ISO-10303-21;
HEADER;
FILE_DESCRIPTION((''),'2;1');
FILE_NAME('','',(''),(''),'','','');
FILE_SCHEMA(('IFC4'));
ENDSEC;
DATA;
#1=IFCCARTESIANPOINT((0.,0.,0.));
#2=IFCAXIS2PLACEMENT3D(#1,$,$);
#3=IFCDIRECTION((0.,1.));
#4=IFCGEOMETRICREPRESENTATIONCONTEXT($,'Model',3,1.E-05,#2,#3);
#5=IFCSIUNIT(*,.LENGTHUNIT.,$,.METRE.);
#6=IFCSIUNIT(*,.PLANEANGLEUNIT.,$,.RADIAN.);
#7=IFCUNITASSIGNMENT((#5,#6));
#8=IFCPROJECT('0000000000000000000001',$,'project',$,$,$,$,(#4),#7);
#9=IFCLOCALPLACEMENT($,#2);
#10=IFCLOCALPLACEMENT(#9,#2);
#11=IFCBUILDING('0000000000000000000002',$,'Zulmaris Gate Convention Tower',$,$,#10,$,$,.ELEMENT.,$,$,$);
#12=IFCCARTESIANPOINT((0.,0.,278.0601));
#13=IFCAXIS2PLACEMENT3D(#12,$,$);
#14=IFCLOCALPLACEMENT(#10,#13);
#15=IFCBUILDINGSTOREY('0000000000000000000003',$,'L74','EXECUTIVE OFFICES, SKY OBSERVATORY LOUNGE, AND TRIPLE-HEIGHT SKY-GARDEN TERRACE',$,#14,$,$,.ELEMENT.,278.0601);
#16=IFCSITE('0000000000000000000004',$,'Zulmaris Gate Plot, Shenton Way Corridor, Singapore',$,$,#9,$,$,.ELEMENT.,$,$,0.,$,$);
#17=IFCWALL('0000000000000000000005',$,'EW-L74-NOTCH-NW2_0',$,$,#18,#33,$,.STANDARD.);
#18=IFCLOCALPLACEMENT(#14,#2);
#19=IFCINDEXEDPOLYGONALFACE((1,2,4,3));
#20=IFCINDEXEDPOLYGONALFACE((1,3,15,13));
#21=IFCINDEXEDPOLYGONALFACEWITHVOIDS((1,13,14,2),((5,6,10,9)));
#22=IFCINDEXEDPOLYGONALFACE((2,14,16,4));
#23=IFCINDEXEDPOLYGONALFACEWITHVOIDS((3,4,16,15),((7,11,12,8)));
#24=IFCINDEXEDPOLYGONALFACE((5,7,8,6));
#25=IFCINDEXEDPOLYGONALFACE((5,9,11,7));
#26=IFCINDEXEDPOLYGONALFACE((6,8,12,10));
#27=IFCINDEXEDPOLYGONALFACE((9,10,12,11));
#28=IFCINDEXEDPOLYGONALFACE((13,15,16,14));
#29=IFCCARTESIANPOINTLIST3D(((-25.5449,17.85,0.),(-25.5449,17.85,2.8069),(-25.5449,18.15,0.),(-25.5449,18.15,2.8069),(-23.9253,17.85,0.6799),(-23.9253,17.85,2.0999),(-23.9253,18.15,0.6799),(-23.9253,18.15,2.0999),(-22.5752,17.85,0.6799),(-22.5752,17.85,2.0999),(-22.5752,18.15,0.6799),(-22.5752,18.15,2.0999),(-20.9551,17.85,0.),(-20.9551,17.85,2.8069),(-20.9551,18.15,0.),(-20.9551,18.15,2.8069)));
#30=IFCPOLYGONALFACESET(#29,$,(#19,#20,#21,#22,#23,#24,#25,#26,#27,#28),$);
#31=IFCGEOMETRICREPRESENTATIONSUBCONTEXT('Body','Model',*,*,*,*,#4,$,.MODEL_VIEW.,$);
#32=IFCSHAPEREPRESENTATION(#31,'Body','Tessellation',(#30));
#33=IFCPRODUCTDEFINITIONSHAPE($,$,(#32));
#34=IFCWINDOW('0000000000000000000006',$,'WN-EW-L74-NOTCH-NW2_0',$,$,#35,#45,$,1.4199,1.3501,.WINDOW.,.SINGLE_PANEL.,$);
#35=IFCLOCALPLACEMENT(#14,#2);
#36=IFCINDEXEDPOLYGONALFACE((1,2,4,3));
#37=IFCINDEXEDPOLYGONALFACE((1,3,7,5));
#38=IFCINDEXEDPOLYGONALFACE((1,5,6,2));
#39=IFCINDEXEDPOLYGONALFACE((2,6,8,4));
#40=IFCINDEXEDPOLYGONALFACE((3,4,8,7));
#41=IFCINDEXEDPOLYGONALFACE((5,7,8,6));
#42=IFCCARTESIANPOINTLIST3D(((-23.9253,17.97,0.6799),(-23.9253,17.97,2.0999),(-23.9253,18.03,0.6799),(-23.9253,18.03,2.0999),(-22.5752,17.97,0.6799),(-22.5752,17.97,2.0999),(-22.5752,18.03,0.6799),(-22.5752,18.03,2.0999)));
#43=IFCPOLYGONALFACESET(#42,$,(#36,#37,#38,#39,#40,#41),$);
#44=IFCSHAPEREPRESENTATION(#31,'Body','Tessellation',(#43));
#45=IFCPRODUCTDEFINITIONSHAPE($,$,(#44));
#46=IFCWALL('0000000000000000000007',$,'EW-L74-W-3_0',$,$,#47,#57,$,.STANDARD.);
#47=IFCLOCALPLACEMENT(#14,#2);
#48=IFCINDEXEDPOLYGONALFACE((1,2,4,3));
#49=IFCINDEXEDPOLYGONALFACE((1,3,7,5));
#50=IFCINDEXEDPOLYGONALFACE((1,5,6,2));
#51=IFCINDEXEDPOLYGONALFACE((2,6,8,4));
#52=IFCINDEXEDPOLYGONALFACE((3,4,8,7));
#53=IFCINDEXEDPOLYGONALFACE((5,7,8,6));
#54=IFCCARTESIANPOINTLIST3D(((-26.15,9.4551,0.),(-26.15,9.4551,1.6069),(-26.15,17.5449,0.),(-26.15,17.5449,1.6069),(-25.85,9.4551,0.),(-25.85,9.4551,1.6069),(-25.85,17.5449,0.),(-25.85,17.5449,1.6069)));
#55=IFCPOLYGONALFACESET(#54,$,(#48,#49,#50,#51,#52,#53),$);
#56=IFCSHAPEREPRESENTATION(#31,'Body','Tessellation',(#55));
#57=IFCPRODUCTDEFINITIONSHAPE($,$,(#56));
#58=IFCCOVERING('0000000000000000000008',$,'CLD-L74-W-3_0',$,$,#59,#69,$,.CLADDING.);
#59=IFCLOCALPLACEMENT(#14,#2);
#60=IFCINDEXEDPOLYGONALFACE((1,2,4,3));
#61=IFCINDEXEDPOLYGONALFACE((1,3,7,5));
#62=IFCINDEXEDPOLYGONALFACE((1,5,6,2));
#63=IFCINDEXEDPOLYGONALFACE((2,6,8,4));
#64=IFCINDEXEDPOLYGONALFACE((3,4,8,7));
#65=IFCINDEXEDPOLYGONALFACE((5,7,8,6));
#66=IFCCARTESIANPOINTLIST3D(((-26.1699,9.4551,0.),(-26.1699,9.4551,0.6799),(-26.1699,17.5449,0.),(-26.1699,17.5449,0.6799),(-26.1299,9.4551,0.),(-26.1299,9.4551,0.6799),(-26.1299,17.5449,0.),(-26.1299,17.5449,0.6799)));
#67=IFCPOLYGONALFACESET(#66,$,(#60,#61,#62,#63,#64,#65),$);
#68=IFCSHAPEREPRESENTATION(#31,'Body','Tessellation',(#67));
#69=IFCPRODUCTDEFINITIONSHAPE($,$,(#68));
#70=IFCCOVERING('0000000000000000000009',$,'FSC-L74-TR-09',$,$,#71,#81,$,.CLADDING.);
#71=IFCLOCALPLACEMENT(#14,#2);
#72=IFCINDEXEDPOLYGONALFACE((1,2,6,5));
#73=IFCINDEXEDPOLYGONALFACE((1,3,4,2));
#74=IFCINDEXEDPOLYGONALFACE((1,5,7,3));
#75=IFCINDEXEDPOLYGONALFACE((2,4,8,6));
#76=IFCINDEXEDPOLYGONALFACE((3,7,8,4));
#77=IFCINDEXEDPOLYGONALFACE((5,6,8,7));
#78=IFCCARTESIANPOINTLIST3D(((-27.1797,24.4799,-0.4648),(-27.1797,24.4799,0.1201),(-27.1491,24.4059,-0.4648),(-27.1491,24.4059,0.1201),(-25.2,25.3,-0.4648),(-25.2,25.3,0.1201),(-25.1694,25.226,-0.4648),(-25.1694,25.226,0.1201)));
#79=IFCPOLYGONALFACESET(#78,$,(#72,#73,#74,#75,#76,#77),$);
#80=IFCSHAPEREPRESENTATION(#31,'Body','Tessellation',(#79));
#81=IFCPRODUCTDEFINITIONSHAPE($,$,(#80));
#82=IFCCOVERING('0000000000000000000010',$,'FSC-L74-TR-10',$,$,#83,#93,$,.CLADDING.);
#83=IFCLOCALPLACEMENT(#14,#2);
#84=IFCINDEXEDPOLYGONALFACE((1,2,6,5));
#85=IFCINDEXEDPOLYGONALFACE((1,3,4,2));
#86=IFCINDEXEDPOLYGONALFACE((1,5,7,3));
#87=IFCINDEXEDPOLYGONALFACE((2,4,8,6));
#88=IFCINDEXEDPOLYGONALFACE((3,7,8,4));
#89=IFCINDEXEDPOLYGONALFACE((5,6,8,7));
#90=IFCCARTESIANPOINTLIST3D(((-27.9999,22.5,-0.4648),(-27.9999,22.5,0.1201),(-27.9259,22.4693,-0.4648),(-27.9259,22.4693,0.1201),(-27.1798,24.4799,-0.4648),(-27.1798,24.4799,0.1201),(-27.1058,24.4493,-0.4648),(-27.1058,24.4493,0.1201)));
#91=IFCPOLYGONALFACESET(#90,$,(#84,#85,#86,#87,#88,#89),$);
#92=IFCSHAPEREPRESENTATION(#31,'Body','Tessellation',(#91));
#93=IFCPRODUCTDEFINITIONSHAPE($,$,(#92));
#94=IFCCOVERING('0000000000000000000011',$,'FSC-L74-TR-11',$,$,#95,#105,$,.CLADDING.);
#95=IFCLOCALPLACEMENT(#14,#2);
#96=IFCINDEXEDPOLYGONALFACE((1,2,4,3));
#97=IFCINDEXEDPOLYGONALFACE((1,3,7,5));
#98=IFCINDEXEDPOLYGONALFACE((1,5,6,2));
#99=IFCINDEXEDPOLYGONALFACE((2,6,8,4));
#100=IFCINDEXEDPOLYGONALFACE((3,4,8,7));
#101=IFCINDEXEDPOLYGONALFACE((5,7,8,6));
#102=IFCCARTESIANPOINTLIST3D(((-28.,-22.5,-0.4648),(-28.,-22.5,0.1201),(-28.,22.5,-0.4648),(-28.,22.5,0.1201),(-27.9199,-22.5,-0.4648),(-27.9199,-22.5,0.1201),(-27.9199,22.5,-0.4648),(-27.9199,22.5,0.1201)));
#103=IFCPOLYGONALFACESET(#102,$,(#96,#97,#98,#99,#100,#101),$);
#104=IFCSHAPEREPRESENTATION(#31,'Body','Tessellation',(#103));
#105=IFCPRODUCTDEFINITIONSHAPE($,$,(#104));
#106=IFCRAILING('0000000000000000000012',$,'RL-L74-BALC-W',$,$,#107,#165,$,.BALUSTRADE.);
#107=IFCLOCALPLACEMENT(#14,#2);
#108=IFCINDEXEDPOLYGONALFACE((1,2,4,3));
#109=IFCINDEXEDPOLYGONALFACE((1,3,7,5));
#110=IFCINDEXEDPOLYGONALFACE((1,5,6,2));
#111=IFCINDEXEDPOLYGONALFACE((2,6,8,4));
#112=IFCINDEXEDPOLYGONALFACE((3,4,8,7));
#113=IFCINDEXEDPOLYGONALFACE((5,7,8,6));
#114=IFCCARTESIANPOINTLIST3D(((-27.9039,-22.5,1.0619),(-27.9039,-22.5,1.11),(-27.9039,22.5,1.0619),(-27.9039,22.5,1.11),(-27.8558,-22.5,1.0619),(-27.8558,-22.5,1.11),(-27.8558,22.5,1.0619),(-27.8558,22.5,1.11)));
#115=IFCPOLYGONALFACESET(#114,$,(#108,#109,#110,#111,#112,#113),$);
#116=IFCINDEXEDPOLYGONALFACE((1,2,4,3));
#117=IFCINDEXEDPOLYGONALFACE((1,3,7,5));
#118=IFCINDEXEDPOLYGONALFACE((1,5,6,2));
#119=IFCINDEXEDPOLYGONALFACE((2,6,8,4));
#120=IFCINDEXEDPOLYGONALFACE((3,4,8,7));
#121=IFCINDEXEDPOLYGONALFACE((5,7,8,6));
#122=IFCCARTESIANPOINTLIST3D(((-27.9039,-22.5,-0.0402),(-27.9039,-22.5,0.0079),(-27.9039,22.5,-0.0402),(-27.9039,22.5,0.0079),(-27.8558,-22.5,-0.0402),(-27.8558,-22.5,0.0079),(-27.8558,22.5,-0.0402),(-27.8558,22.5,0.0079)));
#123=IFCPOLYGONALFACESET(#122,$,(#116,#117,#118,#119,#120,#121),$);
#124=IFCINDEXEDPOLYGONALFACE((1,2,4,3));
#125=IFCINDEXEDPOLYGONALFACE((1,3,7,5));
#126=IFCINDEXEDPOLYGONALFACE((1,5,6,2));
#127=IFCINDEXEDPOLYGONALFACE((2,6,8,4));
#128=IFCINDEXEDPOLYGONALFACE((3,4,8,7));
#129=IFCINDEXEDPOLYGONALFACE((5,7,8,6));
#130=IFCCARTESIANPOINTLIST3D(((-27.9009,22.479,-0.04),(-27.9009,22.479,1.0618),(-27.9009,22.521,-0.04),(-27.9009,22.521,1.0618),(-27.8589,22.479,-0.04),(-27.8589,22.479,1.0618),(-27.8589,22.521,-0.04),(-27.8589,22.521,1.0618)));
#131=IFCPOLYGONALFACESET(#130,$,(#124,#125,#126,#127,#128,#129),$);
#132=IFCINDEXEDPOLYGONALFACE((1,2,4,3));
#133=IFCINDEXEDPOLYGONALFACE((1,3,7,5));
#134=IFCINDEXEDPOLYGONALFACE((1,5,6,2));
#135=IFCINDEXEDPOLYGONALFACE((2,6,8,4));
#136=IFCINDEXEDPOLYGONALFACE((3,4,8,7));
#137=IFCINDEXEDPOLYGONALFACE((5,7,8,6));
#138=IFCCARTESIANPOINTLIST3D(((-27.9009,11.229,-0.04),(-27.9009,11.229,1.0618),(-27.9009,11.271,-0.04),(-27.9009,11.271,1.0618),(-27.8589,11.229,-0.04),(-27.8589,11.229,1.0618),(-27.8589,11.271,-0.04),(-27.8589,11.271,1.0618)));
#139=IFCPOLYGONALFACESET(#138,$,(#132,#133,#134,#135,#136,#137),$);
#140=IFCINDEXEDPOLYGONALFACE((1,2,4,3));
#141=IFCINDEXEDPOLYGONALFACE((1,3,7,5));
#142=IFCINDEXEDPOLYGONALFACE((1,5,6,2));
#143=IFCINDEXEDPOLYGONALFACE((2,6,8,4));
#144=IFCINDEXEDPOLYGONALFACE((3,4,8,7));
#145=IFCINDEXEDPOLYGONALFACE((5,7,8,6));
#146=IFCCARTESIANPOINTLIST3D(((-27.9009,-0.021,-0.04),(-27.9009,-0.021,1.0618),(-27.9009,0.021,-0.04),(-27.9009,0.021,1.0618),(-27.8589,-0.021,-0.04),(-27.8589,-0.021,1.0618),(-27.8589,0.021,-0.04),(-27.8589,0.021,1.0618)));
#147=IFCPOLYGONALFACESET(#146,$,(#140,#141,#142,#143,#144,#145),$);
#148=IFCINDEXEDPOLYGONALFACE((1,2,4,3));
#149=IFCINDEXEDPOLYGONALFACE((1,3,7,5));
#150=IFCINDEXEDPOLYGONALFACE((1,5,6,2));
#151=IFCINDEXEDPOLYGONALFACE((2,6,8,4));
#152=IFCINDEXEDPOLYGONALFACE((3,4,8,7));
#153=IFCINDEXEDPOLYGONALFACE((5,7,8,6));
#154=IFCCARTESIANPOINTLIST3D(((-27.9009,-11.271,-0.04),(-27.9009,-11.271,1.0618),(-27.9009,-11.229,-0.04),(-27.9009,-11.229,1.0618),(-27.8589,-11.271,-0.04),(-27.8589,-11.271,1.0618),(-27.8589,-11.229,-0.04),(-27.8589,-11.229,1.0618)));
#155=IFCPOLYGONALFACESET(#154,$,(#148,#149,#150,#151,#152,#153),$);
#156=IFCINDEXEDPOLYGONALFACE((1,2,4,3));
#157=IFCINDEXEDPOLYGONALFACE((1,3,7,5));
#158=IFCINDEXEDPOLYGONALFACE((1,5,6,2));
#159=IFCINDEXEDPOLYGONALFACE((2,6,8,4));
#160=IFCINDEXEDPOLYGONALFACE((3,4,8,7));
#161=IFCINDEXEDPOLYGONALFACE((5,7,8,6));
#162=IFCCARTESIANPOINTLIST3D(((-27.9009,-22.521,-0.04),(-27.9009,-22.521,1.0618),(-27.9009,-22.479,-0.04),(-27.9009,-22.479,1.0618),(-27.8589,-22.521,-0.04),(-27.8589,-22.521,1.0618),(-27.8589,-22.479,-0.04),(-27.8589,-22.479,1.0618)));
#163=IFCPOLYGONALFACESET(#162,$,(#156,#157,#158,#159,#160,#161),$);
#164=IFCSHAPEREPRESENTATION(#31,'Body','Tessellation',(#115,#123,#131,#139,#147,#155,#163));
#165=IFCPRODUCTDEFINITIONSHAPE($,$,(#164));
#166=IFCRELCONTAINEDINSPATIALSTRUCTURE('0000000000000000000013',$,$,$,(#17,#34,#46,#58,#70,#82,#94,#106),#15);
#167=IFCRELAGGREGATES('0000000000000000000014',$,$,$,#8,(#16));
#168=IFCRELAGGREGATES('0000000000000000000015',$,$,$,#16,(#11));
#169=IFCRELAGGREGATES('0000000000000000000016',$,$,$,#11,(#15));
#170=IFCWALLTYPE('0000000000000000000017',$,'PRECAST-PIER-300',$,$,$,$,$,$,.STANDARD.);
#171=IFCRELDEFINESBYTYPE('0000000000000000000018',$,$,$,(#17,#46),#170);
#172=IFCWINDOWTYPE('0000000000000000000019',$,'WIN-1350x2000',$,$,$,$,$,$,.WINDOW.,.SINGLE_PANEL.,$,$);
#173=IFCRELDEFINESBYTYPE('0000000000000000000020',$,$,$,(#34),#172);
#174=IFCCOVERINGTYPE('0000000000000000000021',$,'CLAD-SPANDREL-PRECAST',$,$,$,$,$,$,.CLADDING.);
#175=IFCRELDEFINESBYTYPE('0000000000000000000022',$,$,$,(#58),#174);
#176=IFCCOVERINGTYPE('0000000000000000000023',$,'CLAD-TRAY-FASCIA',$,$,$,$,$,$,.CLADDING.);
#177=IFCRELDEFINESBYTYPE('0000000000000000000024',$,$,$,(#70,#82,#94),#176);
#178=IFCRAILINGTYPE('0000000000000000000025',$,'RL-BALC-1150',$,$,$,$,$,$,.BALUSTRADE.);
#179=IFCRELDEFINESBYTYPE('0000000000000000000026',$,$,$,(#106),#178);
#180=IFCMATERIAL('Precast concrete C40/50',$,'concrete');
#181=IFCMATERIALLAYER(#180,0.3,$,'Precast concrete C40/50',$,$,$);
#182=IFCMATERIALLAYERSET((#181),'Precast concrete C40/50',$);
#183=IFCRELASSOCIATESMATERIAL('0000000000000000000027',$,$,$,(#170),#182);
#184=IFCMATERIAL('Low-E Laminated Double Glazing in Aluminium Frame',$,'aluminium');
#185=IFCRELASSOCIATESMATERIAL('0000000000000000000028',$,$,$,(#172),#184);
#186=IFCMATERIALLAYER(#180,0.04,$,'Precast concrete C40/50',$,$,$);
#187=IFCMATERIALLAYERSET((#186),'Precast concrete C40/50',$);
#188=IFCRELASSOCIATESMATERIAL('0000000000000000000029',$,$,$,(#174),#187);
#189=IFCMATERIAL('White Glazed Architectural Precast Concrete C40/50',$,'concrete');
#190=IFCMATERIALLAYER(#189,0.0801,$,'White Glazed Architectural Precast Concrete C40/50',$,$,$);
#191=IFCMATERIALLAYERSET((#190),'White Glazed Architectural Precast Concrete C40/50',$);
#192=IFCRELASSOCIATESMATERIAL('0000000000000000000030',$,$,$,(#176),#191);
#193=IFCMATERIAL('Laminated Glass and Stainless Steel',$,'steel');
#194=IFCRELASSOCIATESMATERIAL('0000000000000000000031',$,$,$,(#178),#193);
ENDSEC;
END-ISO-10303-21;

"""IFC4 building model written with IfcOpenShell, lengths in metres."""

from ifc_helpers import new_model, si_unit, direction, frame, frame_2d, origin, origin_2d, place, context, subcontext, project, spatial, rectangle, extrude, material, layer, layer_set, type_object, element, fill, save


model = new_model("IFC4")

# Units and contexts
model_context = context("Model", 3, precision=1e-05, world=origin(), true_north=direction((0.0, 1.0)))
body_context = subcontext(model_context, "Body", "Model", "MODEL_VIEW")
ifc_project = project(units=[si_unit("LENGTHUNIT", "METRE"), si_unit("PLANEANGLEUNIT", "RADIAN")], contexts=[model_context])

# Site, building, storey
site_placement = place(None, origin())
site = spatial("IfcSite", under=ifc_project, at=site_placement, Name="Zulmaris Gate Plot, Shenton Way Corridor, Singapore", CompositionType="ELEMENT", RefElevation=0.0)
building_placement = place(site_placement, origin())
building = spatial("IfcBuilding", under=site, at=building_placement, Name="Zulmaris Gate Convention Tower", CompositionType="ELEMENT")
storey_placement = place(building_placement, frame((0.0, 0.0, 278.0601)))
storey = spatial("IfcBuildingStorey", under=building, at=storey_placement, Name="L74", Description="EXECUTIVE OFFICES, SKY OBSERVATORY LOUNGE, AND TRIPLE-HEIGHT SKY-GARDEN TERRACE", CompositionType="ELEMENT", Elevation=278.0601)

# Wall, opening, window
ifc_material_1 = material(Name="Precast concrete C40/50", Category="concrete")
ifc_layer_1 = layer(ifc_material_1, 0.3, Name="Precast concrete C40/50")
ifc_layer_set_1 = layer_set([ifc_layer_1], Name="Precast concrete C40/50")
wall_type_1 = type_object("IfcWallType", Name="PRECAST-PIER-300", PredefinedType="STANDARD", material=ifc_layer_set_1)
ifc_material_2 = material(Name="Low-E Laminated Double Glazing in Aluminium Frame", Category="aluminium")
window_type = type_object("IfcWindowType", Name="WIN-1350x2000", PartitioningType="SINGLE_PANEL", PredefinedType="WINDOW", material=ifc_material_2)
wall_1_placement = place(storey_placement, frame((-20.9551, 18.0, 0.0), z_axis=(0.0, 0.0, 1.0), x_axis=(-1.0, 0.0, 0.0)))
wall_1 = element("IfcWall", 1, at=wall_1_placement, inside=storey, type_object=wall_type_1, Name="EW-L74-NOTCH-NW2_0", PredefinedType="STANDARD", context=body_context, shape_type="SweptSolid", body=[
    extrude(rectangle(XDim=4.5898, YDim=0.3, at=frame_2d((2.2949, 0.0))), origin(), (0.0, 0.0, 1.0), 2.8069),
])
opening_1_placement = place(wall_1_placement, frame((1.6201, 0.0, 0.6799)))
opening_1 = element("IfcOpeningElement", 2, at=opening_1_placement, cuts=wall_1, PredefinedType="OPENING", context=body_context, shape_type="SweptSolid", body=[
    extrude(rectangle(XDim=1.3501, YDim=1.4199, at=frame_2d((0.675, 0.71))), frame((0.0, 0.1602, 0.0), z_axis=(0.0, -1.0, 0.0), x_axis=(1.0, 0.0, 0.0)), (0.0, 0.0, 1.0), 0.3201),
])
window_1_placement = place(opening_1_placement, origin())
window_1 = element("IfcWindow", 3, at=window_1_placement, inside=storey, type_object=window_type, Name="WN-EW-L74-NOTCH-NW2_0", OverallHeight=1.4199, OverallWidth=1.3501, PartitioningType="SINGLE_PANEL", PredefinedType="WINDOW", context=body_context, shape_type="SweptSolid", body=[
    extrude(rectangle(XDim=1.3501, YDim=1.4199, at=frame_2d((0.675, 0.71))), frame((0.0, 0.03, 0.0), z_axis=(0.0, -1.0, 0.0), x_axis=(1.0, 0.0, 0.0)), (0.0, 0.0, 1.0), 0.0601),
])
fill(opening_1, window_1)

# Wall
wall_2_placement = place(storey_placement, frame((-26.0, 17.5449, 0.0), z_axis=(0.0, 0.0, 1.0), x_axis=(0.0, -1.0, 0.0)))
element("IfcWall", 4, at=wall_2_placement, inside=storey, type_object=wall_type_1, Name="EW-L74-W-3_0", PredefinedType="STANDARD", context=body_context, shape_type="SweptSolid", body=[
    extrude(rectangle(XDim=8.0898, YDim=0.3, at=frame_2d((4.0449, 0.0))), origin(), (0.0, 0.0, 1.0), 1.6069),
])

# Coverings
ifc_layer_2 = layer(ifc_material_1, 0.04, Name="Precast concrete C40/50")
ifc_layer_set_2 = layer_set([ifc_layer_2], Name="Precast concrete C40/50")
covering_type_1 = type_object("IfcCoveringType", Name="CLAD-SPANDREL-PRECAST", PredefinedType="CLADDING", material=ifc_layer_set_2)
covering_1_placement = place(storey_placement, frame((-26.1499, 17.5449, 0.0), z_axis=(0.0, 0.0, 1.0), x_axis=(0.0, -1.0, 0.0)))
element("IfcCovering", 5, at=covering_1_placement, inside=storey, type_object=covering_type_1, Name="CLD-L74-W-3_0", PredefinedType="CLADDING", context=body_context, shape_type="SweptSolid", body=[
    extrude(rectangle(XDim=8.0898, YDim=0.04, at=frame_2d((4.0449, 0.0))), origin(), (0.0, 0.0, 1.0), 0.6799),
])
ifc_material_3 = material(Name="White Glazed Architectural Precast Concrete C40/50", Category="concrete")
ifc_layer_3 = layer(ifc_material_3, 0.0801, Name="White Glazed Architectural Precast Concrete C40/50")
ifc_layer_set_3 = layer_set([ifc_layer_3], Name="White Glazed Architectural Precast Concrete C40/50")
covering_type_2 = type_object("IfcCoveringType", Name="CLAD-TRAY-FASCIA", PredefinedType="CLADDING", material=ifc_layer_set_3)
covering_2_placement = place(storey_placement, frame((-25.1848, 25.2629, -0.4648), z_axis=(0.0, 0.0, 1.0), x_axis=(-0.923874, -0.382697, 0.0)))
element("IfcCovering", 6, at=covering_2_placement, inside=storey, type_object=covering_type_2, Name="FSC-L74-TR-09", PredefinedType="CLADDING", context=body_context, shape_type="SweptSolid", body=[
    extrude(rectangle(XDim=2.1428, YDim=0.0801, at=frame_2d((1.0713, 0.0))), origin(), (0.0, 0.0, 1.0), 0.585),
])
covering_3_placement = place(storey_placement, frame((-27.1428, 24.4646, -0.4648), z_axis=(0.0, 0.0, 1.0), x_axis=(-0.382657, -0.92389, 0.0)))
element("IfcCovering", 7, at=covering_3_placement, inside=storey, type_object=covering_type_2, Name="FSC-L74-TR-10", PredefinedType="CLADDING", context=body_context, shape_type="SweptSolid", body=[
    extrude(rectangle(XDim=2.1431, YDim=0.0801, at=frame_2d((1.0715, 0.0))), origin(), (0.0, 0.0, 1.0), 0.585),
])
covering_4_placement = place(storey_placement, frame((-27.96, 22.5, -0.4648), z_axis=(0.0, 0.0, 1.0), x_axis=(0.0, -1.0, 0.0)))
element("IfcCovering", 8, at=covering_4_placement, inside=storey, type_object=covering_type_2, Name="FSC-L74-TR-11", PredefinedType="CLADDING", context=body_context, shape_type="SweptSolid", body=[
    extrude(rectangle(XDim=45.0, YDim=0.0801, at=frame_2d((22.5, 0.0))), origin(), (0.0, 0.0, 1.0), 0.585),
])

# Railing
ifc_material_4 = material(Name="Laminated Glass and Stainless Steel", Category="steel")
railing_type = type_object("IfcRailingType", Name="RL-BALC-1150", PredefinedType="BALUSTRADE", material=ifc_material_4)
railing_placement = place(storey_placement, frame((-27.8799, 22.5, -0.04)))
element("IfcRailing", 9, at=railing_placement, inside=storey, type_object=railing_type, Name="RL-L74-BALC-W", PredefinedType="BALUSTRADE", context=body_context, shape_type="SweptSolid", body=[
    extrude(rectangle(XDim=0.0481, YDim=0.0481, at=origin_2d()), frame((0.0, 0.0, 1.126), z_axis=(0.0, -1.0, 0.0), x_axis=(1.0, 0.0, 0.0)), (0.0, 0.0, 1.0), 45.0),
    extrude(rectangle(XDim=0.0481, YDim=0.0481, at=origin_2d()), frame((0.0, 0.0, 0.0239), z_axis=(0.0, -1.0, 0.0), x_axis=(1.0, 0.0, 0.0)), (0.0, 0.0, 1.0), 45.0),
    extrude(rectangle(XDim=0.042, YDim=0.042, at=origin_2d()), origin(), (0.0, 0.0, 1.0), 1.1018),
    extrude(rectangle(XDim=0.042, YDim=0.042, at=origin_2d()), frame((0.0, -11.25, 0.0)), (0.0, 0.0, 1.0), 1.1018),
    extrude(rectangle(XDim=0.042, YDim=0.042, at=origin_2d()), frame((0.0, -22.5, 0.0)), (0.0, 0.0, 1.0), 1.1018),
    extrude(rectangle(XDim=0.042, YDim=0.042, at=origin_2d()), frame((0.0, -33.75, 0.0)), (0.0, 0.0, 1.0), 1.1018),
    extrude(rectangle(XDim=0.042, YDim=0.042, at=origin_2d()), frame((0.0, -45.0, 0.0)), (0.0, 0.0, 1.0), 1.1018),
])

save(model, "model.ifc")
